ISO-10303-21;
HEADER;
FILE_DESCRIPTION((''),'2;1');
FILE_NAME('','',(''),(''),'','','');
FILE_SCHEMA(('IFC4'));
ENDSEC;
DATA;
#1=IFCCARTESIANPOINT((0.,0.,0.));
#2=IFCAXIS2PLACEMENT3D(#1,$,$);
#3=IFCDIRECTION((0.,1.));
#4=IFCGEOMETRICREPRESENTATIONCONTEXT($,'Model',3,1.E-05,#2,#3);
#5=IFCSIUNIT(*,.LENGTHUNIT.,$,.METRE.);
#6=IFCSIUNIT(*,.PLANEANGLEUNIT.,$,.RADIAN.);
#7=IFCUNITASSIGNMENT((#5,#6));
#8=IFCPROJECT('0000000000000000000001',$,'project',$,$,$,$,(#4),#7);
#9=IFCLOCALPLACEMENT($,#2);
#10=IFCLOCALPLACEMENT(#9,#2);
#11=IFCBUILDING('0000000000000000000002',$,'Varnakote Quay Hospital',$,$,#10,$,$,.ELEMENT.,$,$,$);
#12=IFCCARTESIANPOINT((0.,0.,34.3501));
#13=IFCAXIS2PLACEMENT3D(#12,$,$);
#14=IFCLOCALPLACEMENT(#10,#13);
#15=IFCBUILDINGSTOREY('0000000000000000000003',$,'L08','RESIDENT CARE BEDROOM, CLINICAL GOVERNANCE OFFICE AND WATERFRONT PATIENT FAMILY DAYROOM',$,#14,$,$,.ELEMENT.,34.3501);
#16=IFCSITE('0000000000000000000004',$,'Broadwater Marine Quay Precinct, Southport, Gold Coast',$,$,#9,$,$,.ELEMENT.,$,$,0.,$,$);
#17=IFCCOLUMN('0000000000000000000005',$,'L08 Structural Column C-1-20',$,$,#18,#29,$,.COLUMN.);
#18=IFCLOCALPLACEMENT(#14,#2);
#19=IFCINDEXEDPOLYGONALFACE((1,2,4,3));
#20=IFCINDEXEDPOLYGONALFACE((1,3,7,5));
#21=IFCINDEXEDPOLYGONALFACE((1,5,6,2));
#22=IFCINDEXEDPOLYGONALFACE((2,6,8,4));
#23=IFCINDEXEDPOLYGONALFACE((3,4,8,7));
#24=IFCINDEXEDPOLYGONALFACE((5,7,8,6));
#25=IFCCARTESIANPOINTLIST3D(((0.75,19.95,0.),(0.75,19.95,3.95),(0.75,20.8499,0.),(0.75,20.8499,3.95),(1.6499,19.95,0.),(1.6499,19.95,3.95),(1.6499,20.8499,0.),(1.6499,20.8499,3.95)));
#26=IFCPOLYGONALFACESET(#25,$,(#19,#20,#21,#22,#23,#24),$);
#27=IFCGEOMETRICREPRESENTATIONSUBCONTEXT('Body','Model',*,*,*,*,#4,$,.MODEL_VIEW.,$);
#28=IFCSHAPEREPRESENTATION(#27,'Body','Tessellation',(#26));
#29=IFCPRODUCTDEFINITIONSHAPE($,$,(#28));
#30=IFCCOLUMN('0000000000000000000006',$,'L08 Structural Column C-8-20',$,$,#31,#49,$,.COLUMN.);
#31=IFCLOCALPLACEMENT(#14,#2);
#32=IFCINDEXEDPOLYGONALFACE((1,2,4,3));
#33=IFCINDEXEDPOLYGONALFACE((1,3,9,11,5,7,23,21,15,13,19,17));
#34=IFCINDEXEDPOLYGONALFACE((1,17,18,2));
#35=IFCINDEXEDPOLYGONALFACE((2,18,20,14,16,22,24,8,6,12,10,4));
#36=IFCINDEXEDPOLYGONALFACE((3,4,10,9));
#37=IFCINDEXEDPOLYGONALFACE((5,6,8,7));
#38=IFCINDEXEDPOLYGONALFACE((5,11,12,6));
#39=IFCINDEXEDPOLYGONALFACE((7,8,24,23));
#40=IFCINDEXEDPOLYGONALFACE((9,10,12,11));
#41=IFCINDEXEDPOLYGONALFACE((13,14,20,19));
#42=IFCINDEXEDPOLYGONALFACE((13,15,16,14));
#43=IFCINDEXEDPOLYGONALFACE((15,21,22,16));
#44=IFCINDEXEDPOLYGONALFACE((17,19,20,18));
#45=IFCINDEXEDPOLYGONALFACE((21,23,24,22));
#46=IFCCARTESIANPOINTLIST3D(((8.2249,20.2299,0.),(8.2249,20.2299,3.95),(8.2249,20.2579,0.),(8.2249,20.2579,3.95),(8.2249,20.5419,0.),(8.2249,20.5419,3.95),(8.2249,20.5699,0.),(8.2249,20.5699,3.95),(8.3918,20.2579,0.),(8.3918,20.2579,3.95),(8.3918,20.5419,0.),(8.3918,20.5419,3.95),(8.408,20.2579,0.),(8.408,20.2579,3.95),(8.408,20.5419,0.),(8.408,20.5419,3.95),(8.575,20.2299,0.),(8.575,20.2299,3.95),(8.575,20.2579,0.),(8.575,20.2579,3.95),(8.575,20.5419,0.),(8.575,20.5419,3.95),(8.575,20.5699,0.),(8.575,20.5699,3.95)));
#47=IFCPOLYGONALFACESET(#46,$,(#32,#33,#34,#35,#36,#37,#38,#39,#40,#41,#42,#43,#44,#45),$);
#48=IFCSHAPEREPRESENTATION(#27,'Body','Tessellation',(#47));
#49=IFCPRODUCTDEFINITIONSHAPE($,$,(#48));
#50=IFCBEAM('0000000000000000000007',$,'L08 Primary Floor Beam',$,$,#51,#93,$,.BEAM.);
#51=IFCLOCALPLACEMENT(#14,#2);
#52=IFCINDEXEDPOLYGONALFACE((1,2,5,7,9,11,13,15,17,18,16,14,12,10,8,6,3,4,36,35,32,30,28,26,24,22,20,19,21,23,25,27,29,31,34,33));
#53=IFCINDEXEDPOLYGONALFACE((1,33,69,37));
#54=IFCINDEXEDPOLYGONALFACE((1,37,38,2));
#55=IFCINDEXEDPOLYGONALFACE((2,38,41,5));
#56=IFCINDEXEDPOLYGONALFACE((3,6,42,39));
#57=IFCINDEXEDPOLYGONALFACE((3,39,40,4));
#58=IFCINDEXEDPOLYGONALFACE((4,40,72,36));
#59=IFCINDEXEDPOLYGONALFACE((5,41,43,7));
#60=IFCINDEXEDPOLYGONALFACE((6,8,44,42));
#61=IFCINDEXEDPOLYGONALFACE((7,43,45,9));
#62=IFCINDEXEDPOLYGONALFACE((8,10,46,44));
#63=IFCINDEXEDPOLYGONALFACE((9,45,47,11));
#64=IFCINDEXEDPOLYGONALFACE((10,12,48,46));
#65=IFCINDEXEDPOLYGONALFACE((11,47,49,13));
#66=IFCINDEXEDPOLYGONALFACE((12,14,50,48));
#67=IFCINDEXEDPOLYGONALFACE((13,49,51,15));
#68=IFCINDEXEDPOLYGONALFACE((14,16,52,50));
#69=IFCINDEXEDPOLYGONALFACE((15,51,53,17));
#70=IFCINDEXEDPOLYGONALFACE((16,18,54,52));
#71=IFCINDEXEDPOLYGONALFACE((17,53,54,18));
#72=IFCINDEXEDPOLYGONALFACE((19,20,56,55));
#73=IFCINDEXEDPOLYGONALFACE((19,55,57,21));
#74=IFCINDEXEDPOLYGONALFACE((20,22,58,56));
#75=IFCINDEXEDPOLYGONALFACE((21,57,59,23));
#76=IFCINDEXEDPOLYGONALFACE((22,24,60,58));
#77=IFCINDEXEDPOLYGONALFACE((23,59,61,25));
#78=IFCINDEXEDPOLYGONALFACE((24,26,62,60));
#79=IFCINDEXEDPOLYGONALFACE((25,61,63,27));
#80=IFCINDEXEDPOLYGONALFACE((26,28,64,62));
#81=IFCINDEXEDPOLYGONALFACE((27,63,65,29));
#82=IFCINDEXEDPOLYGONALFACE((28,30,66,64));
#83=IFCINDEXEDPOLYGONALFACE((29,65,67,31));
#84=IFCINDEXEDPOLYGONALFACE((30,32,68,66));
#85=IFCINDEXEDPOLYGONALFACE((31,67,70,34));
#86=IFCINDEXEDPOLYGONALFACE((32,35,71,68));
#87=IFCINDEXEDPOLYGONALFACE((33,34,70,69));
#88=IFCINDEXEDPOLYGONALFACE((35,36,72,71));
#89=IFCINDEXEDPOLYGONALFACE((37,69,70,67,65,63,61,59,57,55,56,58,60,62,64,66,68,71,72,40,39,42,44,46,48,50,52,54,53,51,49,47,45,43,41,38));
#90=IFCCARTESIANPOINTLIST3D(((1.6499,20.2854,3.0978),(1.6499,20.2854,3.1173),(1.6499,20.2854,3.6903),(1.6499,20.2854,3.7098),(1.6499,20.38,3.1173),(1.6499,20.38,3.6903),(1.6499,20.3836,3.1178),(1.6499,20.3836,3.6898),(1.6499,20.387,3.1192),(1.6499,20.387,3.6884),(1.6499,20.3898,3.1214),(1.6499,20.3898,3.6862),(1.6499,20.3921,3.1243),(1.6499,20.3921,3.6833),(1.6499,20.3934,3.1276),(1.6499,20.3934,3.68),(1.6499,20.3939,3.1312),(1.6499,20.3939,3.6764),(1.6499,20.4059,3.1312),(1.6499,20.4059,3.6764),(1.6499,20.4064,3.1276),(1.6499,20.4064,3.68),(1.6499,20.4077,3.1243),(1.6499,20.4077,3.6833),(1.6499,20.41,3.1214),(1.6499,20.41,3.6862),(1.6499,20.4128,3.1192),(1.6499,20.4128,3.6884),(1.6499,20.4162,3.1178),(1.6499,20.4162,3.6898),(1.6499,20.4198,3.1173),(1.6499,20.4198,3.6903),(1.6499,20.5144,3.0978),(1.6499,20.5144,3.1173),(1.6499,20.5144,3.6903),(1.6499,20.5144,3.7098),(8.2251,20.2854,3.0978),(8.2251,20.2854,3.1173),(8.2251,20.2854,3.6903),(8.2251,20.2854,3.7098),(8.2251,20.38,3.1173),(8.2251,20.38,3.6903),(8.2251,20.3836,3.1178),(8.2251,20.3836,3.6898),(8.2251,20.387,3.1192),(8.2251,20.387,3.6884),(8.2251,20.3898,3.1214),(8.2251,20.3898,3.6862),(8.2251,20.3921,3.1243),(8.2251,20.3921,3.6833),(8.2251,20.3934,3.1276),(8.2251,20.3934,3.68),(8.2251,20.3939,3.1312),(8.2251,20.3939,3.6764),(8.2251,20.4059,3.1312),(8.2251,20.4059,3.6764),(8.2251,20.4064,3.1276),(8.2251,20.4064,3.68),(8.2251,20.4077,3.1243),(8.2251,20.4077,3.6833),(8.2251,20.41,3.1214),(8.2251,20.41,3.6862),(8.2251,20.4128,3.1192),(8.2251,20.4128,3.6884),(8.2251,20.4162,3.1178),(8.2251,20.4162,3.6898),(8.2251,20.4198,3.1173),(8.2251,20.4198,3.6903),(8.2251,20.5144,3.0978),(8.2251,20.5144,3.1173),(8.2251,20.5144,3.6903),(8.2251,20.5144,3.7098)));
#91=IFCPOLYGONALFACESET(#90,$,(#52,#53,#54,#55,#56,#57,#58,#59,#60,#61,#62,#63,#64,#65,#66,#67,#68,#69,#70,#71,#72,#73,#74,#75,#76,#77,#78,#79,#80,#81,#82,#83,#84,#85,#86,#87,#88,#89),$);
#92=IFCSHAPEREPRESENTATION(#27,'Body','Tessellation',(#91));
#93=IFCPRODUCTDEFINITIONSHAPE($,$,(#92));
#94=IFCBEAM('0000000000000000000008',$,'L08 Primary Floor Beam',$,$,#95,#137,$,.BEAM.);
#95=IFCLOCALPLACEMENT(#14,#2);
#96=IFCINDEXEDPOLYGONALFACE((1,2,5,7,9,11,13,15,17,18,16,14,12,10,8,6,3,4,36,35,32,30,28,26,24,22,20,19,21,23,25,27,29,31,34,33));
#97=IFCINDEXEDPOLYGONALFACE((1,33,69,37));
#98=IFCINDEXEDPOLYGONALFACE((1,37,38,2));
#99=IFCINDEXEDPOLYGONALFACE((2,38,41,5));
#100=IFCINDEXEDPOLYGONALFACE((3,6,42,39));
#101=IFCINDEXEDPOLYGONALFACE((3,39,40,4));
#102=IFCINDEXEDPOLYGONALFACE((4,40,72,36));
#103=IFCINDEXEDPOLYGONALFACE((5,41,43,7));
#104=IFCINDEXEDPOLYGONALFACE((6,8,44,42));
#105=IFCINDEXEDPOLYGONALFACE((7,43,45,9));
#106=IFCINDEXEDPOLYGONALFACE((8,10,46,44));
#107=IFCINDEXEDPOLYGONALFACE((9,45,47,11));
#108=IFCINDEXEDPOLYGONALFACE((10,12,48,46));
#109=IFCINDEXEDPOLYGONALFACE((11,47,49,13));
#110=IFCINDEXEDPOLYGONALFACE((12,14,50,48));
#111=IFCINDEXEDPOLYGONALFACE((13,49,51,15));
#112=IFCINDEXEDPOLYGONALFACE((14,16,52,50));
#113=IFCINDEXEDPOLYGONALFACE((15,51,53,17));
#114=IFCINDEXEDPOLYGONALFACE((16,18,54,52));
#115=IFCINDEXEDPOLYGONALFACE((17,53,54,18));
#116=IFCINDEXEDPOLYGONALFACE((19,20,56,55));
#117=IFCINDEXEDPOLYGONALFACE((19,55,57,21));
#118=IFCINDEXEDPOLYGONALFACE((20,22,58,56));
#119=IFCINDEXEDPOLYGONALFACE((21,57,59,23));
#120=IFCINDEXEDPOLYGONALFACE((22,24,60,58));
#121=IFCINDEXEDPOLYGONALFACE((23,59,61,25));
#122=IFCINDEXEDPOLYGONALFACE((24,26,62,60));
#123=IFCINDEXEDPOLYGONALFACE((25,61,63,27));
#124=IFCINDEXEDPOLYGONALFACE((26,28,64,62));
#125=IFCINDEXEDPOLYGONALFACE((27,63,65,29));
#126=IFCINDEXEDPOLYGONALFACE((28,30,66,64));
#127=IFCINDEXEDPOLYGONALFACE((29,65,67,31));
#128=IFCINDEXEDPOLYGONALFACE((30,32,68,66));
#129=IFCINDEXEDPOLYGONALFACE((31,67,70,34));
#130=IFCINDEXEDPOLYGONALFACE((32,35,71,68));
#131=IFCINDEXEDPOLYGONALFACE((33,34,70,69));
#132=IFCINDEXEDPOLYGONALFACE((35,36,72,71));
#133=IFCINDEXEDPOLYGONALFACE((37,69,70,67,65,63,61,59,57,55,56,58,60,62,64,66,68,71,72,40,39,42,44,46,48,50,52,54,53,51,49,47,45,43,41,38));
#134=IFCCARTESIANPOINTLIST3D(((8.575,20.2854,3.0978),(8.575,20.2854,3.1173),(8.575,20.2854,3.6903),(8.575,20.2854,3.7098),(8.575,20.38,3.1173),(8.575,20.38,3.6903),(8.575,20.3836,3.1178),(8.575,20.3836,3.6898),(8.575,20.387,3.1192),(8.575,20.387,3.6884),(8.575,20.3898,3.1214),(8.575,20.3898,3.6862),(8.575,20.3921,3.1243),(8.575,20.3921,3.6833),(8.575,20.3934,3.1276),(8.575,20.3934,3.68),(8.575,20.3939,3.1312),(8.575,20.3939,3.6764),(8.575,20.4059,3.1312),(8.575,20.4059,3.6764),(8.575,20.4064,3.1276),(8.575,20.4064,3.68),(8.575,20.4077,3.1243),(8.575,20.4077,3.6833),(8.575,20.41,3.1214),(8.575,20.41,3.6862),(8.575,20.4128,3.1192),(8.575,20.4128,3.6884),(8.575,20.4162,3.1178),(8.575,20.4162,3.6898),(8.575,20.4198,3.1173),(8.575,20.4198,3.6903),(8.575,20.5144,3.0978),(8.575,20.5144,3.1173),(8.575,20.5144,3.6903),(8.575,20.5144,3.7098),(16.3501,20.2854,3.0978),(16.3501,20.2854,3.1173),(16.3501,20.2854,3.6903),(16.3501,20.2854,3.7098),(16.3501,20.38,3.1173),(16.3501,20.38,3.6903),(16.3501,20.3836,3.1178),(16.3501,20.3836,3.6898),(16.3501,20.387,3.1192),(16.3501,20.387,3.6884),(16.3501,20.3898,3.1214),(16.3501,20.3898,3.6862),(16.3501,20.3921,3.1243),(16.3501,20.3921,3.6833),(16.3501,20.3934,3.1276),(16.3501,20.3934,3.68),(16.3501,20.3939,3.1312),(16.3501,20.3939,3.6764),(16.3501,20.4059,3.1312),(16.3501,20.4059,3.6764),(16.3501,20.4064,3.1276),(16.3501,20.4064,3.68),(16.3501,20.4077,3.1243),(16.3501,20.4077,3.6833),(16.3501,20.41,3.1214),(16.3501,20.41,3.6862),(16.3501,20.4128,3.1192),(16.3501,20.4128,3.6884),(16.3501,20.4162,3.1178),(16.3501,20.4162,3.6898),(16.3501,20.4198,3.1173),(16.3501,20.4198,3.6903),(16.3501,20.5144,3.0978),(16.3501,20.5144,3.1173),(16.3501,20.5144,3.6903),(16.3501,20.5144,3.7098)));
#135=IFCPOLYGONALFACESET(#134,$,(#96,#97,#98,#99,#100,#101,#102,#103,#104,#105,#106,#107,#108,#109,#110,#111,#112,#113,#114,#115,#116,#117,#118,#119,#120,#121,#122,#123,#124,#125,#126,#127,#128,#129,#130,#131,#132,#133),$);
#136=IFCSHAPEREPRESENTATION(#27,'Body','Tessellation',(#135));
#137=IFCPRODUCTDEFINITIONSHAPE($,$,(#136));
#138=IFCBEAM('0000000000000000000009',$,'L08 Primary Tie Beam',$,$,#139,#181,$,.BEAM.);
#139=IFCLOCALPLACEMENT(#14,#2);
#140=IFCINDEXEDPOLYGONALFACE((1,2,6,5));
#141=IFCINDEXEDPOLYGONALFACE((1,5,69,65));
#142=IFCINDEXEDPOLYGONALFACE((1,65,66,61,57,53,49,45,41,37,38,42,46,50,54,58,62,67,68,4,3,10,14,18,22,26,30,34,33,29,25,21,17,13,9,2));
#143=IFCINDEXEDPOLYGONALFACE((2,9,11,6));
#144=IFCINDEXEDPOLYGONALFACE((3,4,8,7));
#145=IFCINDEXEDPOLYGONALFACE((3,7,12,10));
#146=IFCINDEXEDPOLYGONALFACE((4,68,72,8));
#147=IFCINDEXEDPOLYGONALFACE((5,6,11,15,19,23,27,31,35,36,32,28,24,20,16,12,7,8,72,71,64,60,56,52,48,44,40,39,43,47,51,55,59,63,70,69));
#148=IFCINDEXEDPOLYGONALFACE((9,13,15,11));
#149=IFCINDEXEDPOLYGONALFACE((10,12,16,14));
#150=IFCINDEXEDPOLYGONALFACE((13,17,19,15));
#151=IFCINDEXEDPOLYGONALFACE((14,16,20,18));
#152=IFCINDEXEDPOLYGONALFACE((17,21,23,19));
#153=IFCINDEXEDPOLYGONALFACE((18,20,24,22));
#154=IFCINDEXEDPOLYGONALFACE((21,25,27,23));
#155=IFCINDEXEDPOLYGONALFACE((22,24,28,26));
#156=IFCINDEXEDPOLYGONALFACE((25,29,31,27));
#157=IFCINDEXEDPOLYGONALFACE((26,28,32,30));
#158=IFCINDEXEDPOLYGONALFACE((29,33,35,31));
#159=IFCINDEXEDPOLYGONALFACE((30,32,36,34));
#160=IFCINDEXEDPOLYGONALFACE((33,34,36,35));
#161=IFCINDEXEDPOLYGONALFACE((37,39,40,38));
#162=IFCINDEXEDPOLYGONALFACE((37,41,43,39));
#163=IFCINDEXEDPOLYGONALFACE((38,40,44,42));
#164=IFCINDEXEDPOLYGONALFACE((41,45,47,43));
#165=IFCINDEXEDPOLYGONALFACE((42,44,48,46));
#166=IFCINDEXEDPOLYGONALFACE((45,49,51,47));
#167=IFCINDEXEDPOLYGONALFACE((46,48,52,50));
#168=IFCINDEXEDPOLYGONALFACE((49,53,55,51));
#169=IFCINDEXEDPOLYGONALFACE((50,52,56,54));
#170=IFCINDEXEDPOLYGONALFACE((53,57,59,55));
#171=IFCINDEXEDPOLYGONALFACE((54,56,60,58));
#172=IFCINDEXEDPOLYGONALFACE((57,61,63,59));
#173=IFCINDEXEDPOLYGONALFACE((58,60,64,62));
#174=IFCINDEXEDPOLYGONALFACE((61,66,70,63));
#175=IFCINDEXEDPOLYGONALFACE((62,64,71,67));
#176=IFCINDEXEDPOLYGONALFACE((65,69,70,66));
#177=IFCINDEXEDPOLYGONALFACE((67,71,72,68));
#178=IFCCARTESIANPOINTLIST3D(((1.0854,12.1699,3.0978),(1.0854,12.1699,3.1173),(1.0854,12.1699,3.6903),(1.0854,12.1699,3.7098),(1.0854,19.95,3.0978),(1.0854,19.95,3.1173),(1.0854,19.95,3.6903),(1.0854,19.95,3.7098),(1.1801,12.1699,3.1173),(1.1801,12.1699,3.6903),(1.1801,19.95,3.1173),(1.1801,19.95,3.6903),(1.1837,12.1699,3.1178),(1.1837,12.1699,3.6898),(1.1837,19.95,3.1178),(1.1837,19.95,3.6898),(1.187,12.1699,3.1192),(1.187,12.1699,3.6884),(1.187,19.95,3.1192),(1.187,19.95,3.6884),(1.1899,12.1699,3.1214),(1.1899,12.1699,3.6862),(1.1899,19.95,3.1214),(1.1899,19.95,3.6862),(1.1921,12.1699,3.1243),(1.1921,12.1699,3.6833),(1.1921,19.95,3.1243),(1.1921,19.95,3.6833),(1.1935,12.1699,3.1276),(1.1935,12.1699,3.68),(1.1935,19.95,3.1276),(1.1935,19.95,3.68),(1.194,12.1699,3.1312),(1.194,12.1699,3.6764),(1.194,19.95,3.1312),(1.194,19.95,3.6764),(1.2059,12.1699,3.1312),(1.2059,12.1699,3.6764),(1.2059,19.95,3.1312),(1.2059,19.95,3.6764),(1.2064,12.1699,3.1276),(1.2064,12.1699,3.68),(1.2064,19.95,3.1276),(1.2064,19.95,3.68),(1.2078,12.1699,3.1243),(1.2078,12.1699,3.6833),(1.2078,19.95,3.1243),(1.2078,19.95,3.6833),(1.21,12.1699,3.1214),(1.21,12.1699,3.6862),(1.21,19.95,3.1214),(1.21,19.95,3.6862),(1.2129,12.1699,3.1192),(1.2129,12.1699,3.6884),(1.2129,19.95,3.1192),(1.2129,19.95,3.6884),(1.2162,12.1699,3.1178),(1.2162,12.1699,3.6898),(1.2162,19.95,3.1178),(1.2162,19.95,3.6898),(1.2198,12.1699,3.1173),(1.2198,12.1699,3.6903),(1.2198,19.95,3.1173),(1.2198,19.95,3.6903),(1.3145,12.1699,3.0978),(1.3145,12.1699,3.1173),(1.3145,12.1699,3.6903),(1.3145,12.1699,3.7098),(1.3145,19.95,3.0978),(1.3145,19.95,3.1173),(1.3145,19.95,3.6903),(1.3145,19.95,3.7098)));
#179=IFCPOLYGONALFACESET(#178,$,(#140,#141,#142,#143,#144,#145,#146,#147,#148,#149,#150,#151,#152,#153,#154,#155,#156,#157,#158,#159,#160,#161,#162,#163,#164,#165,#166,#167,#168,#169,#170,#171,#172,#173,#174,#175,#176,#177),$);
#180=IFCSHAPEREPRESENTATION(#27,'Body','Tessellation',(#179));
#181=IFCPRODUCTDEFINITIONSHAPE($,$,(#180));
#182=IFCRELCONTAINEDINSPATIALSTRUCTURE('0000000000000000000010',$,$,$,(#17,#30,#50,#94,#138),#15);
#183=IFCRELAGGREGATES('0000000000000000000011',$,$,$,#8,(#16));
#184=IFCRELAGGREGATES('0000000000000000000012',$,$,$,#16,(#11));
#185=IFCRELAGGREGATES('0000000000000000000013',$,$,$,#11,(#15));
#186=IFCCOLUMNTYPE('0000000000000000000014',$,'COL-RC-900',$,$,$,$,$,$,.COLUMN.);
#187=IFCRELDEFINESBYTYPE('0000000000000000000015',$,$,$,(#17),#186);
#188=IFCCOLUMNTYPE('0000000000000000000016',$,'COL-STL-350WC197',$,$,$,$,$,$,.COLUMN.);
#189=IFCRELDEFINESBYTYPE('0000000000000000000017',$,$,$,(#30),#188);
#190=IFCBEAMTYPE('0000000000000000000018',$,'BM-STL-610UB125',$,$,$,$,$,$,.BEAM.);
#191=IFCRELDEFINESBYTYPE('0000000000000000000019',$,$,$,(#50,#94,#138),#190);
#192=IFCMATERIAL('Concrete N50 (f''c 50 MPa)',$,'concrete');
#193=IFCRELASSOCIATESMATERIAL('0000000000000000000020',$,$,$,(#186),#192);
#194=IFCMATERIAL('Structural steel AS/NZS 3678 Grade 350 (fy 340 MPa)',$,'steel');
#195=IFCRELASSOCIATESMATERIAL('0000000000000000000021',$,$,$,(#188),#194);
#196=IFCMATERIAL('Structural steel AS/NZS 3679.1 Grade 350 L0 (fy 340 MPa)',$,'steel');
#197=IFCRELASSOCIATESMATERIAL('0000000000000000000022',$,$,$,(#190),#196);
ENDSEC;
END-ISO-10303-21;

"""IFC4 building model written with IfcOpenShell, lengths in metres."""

from ifc_helpers import new_model, si_unit, direction, frame, origin, origin_2d, place, context, subcontext, project, spatial, rectangle, i_section, extrude, material, material_profile, profile_set, type_object, element, save


model = new_model("IFC4")

# Units and contexts
model_context = context("Model", 3, precision=1e-05, world=origin(), true_north=direction((0.0, 1.0)))
body_context = subcontext(model_context, "Body", "Model", "MODEL_VIEW")
ifc_project = project(units=[si_unit("LENGTHUNIT", "METRE"), si_unit("PLANEANGLEUNIT", "RADIAN")], contexts=[model_context])

# Site, building, storey
site_placement = place(None, origin())
site = spatial("IfcSite", under=ifc_project, at=site_placement, Name="Broadwater Marine Quay Precinct, Southport, Gold Coast", CompositionType="ELEMENT", RefElevation=0.0)
building_placement = place(site_placement, origin())
building = spatial("IfcBuilding", under=site, at=building_placement, Name="Varnakote Quay Hospital", CompositionType="ELEMENT")
storey_placement = place(building_placement, frame((0.0, 0.0, 34.3501)))
storey = spatial("IfcBuildingStorey", under=building, at=storey_placement, Name="L08", Description="RESIDENT CARE BEDROOM, CLINICAL GOVERNANCE OFFICE AND WATERFRONT PATIENT FAMILY DAYROOM", CompositionType="ELEMENT", Elevation=34.3501)

# Columns
ifc_material_1 = material(Name="Concrete N50 (f'c 50 MPa)", Category="concrete")
ifc_material_profile_1 = material_profile(ifc_material_1, rectangle(XDim=0.8999, YDim=0.8999, at=origin_2d()), Name="RC-COL-900x900")
ifc_profile_set_1 = profile_set([ifc_material_profile_1], Name="Concrete N50 (f'c 50 MPa)")
column_type_1 = type_object("IfcColumnType", Name="COL-RC-900", PredefinedType="COLUMN", material=ifc_profile_set_1)
column_1_placement = place(storey_placement, frame((1.2, 20.3999, 0.0), z_axis=(0.0, 0.0, 1.0), x_axis=(1.0, 0.0, 0.0)))
element("IfcColumn", 1, at=column_1_placement, inside=storey, type_object=column_type_1, Name="L08 Structural Column C-1-20", PredefinedType="COLUMN", context=body_context, shape_type="SweptSolid", body=[
    extrude(rectangle(XDim=0.8999, YDim=0.8999, at=origin_2d()), origin(), (0.0, 0.0, 1.0), 3.95),
])
ifc_material_2 = material(Name="Structural steel AS/NZS 3678 Grade 350 (fy 340 MPa)", Category="steel")
ifc_material_profile_2 = material_profile(ifc_material_2, i_section(OverallWidth=0.3501, OverallDepth=0.3401, WebThickness=0.0161, FlangeThickness=0.0281, at=origin_2d()), Name="350WC197")
ifc_profile_set_2 = profile_set([ifc_material_profile_2], Name="Structural steel AS/NZS 3678 Grade 350 (fy 340 MPa)")
column_type_2 = type_object("IfcColumnType", Name="COL-STL-350WC197", PredefinedType="COLUMN", material=ifc_profile_set_2)
column_2_placement = place(storey_placement, frame((8.3999, 20.3999, 0.0), z_axis=(0.0, 0.0, 1.0), x_axis=(1.0, 0.0, 0.0)))
element("IfcColumn", 2, at=column_2_placement, inside=storey, type_object=column_type_2, Name="L08 Structural Column C-8-20", PredefinedType="COLUMN", context=body_context, shape_type="SweptSolid", body=[
    extrude(i_section(OverallWidth=0.3501, OverallDepth=0.3401, WebThickness=0.0161, FlangeThickness=0.0281, at=origin_2d()), origin(), (0.0, 0.0, 1.0), 3.95),
])

# Beams
ifc_material_3 = material(Name="Structural steel AS/NZS 3679.1 Grade 350 L0 (fy 340 MPa)", Category="steel")
ifc_material_profile_3 = material_profile(ifc_material_3, i_section(OverallWidth=0.229, OverallDepth=0.6121, WebThickness=0.012, FlangeThickness=0.0195, FilletRadius=0.0139, at=origin_2d()), Name="610UB125")
ifc_profile_set_3 = profile_set([ifc_material_profile_3], Name="Structural steel AS/NZS 3679.1 Grade 350 L0 (fy 340 MPa)")
beam_type = type_object("IfcBeamType", Name="BM-STL-610UB125", PredefinedType="BEAM", material=ifc_profile_set_3)
beam_1_placement = place(storey_placement, frame((1.6499, 20.3999, 3.4038), z_axis=(1.0, 0.0, 0.0), x_axis=(0.0, 1.0, 0.0)))
element("IfcBeam", 3, at=beam_1_placement, inside=storey, type_object=beam_type, Name="L08 Primary Floor Beam", PredefinedType="BEAM", context=body_context, shape_type="SweptSolid", body=[
    extrude(i_section(OverallWidth=0.229, OverallDepth=0.6121, WebThickness=0.012, FlangeThickness=0.0195, FilletRadius=0.0139, at=origin_2d()), origin(), (0.0, 0.0, 1.0), 6.5752),
])
beam_2_placement = place(storey_placement, frame((8.575, 20.3999, 3.4038), z_axis=(1.0, 0.0, 0.0), x_axis=(0.0, 1.0, 0.0)))
element("IfcBeam", 4, at=beam_2_placement, inside=storey, type_object=beam_type, Name="L08 Primary Floor Beam", PredefinedType="BEAM", context=body_context, shape_type="SweptSolid", body=[
    extrude(i_section(OverallWidth=0.229, OverallDepth=0.6121, WebThickness=0.012, FlangeThickness=0.0195, FilletRadius=0.0139, at=origin_2d()), origin(), (0.0, 0.0, 1.0), 7.7751),
])
beam_3_placement = place(storey_placement, frame((1.2, 12.1699, 3.4038), z_axis=(0.0, 1.0, 0.0), x_axis=(-1.0, 0.0, 0.0)))
element("IfcBeam", 5, at=beam_3_placement, inside=storey, type_object=beam_type, Name="L08 Primary Tie Beam", PredefinedType="BEAM", context=body_context, shape_type="SweptSolid", body=[
    extrude(i_section(OverallWidth=0.229, OverallDepth=0.6121, WebThickness=0.012, FlangeThickness=0.0195, FilletRadius=0.0139, at=origin_2d()), origin(), (0.0, 0.0, 1.0), 7.78),
])

save(model, "model.ifc")
